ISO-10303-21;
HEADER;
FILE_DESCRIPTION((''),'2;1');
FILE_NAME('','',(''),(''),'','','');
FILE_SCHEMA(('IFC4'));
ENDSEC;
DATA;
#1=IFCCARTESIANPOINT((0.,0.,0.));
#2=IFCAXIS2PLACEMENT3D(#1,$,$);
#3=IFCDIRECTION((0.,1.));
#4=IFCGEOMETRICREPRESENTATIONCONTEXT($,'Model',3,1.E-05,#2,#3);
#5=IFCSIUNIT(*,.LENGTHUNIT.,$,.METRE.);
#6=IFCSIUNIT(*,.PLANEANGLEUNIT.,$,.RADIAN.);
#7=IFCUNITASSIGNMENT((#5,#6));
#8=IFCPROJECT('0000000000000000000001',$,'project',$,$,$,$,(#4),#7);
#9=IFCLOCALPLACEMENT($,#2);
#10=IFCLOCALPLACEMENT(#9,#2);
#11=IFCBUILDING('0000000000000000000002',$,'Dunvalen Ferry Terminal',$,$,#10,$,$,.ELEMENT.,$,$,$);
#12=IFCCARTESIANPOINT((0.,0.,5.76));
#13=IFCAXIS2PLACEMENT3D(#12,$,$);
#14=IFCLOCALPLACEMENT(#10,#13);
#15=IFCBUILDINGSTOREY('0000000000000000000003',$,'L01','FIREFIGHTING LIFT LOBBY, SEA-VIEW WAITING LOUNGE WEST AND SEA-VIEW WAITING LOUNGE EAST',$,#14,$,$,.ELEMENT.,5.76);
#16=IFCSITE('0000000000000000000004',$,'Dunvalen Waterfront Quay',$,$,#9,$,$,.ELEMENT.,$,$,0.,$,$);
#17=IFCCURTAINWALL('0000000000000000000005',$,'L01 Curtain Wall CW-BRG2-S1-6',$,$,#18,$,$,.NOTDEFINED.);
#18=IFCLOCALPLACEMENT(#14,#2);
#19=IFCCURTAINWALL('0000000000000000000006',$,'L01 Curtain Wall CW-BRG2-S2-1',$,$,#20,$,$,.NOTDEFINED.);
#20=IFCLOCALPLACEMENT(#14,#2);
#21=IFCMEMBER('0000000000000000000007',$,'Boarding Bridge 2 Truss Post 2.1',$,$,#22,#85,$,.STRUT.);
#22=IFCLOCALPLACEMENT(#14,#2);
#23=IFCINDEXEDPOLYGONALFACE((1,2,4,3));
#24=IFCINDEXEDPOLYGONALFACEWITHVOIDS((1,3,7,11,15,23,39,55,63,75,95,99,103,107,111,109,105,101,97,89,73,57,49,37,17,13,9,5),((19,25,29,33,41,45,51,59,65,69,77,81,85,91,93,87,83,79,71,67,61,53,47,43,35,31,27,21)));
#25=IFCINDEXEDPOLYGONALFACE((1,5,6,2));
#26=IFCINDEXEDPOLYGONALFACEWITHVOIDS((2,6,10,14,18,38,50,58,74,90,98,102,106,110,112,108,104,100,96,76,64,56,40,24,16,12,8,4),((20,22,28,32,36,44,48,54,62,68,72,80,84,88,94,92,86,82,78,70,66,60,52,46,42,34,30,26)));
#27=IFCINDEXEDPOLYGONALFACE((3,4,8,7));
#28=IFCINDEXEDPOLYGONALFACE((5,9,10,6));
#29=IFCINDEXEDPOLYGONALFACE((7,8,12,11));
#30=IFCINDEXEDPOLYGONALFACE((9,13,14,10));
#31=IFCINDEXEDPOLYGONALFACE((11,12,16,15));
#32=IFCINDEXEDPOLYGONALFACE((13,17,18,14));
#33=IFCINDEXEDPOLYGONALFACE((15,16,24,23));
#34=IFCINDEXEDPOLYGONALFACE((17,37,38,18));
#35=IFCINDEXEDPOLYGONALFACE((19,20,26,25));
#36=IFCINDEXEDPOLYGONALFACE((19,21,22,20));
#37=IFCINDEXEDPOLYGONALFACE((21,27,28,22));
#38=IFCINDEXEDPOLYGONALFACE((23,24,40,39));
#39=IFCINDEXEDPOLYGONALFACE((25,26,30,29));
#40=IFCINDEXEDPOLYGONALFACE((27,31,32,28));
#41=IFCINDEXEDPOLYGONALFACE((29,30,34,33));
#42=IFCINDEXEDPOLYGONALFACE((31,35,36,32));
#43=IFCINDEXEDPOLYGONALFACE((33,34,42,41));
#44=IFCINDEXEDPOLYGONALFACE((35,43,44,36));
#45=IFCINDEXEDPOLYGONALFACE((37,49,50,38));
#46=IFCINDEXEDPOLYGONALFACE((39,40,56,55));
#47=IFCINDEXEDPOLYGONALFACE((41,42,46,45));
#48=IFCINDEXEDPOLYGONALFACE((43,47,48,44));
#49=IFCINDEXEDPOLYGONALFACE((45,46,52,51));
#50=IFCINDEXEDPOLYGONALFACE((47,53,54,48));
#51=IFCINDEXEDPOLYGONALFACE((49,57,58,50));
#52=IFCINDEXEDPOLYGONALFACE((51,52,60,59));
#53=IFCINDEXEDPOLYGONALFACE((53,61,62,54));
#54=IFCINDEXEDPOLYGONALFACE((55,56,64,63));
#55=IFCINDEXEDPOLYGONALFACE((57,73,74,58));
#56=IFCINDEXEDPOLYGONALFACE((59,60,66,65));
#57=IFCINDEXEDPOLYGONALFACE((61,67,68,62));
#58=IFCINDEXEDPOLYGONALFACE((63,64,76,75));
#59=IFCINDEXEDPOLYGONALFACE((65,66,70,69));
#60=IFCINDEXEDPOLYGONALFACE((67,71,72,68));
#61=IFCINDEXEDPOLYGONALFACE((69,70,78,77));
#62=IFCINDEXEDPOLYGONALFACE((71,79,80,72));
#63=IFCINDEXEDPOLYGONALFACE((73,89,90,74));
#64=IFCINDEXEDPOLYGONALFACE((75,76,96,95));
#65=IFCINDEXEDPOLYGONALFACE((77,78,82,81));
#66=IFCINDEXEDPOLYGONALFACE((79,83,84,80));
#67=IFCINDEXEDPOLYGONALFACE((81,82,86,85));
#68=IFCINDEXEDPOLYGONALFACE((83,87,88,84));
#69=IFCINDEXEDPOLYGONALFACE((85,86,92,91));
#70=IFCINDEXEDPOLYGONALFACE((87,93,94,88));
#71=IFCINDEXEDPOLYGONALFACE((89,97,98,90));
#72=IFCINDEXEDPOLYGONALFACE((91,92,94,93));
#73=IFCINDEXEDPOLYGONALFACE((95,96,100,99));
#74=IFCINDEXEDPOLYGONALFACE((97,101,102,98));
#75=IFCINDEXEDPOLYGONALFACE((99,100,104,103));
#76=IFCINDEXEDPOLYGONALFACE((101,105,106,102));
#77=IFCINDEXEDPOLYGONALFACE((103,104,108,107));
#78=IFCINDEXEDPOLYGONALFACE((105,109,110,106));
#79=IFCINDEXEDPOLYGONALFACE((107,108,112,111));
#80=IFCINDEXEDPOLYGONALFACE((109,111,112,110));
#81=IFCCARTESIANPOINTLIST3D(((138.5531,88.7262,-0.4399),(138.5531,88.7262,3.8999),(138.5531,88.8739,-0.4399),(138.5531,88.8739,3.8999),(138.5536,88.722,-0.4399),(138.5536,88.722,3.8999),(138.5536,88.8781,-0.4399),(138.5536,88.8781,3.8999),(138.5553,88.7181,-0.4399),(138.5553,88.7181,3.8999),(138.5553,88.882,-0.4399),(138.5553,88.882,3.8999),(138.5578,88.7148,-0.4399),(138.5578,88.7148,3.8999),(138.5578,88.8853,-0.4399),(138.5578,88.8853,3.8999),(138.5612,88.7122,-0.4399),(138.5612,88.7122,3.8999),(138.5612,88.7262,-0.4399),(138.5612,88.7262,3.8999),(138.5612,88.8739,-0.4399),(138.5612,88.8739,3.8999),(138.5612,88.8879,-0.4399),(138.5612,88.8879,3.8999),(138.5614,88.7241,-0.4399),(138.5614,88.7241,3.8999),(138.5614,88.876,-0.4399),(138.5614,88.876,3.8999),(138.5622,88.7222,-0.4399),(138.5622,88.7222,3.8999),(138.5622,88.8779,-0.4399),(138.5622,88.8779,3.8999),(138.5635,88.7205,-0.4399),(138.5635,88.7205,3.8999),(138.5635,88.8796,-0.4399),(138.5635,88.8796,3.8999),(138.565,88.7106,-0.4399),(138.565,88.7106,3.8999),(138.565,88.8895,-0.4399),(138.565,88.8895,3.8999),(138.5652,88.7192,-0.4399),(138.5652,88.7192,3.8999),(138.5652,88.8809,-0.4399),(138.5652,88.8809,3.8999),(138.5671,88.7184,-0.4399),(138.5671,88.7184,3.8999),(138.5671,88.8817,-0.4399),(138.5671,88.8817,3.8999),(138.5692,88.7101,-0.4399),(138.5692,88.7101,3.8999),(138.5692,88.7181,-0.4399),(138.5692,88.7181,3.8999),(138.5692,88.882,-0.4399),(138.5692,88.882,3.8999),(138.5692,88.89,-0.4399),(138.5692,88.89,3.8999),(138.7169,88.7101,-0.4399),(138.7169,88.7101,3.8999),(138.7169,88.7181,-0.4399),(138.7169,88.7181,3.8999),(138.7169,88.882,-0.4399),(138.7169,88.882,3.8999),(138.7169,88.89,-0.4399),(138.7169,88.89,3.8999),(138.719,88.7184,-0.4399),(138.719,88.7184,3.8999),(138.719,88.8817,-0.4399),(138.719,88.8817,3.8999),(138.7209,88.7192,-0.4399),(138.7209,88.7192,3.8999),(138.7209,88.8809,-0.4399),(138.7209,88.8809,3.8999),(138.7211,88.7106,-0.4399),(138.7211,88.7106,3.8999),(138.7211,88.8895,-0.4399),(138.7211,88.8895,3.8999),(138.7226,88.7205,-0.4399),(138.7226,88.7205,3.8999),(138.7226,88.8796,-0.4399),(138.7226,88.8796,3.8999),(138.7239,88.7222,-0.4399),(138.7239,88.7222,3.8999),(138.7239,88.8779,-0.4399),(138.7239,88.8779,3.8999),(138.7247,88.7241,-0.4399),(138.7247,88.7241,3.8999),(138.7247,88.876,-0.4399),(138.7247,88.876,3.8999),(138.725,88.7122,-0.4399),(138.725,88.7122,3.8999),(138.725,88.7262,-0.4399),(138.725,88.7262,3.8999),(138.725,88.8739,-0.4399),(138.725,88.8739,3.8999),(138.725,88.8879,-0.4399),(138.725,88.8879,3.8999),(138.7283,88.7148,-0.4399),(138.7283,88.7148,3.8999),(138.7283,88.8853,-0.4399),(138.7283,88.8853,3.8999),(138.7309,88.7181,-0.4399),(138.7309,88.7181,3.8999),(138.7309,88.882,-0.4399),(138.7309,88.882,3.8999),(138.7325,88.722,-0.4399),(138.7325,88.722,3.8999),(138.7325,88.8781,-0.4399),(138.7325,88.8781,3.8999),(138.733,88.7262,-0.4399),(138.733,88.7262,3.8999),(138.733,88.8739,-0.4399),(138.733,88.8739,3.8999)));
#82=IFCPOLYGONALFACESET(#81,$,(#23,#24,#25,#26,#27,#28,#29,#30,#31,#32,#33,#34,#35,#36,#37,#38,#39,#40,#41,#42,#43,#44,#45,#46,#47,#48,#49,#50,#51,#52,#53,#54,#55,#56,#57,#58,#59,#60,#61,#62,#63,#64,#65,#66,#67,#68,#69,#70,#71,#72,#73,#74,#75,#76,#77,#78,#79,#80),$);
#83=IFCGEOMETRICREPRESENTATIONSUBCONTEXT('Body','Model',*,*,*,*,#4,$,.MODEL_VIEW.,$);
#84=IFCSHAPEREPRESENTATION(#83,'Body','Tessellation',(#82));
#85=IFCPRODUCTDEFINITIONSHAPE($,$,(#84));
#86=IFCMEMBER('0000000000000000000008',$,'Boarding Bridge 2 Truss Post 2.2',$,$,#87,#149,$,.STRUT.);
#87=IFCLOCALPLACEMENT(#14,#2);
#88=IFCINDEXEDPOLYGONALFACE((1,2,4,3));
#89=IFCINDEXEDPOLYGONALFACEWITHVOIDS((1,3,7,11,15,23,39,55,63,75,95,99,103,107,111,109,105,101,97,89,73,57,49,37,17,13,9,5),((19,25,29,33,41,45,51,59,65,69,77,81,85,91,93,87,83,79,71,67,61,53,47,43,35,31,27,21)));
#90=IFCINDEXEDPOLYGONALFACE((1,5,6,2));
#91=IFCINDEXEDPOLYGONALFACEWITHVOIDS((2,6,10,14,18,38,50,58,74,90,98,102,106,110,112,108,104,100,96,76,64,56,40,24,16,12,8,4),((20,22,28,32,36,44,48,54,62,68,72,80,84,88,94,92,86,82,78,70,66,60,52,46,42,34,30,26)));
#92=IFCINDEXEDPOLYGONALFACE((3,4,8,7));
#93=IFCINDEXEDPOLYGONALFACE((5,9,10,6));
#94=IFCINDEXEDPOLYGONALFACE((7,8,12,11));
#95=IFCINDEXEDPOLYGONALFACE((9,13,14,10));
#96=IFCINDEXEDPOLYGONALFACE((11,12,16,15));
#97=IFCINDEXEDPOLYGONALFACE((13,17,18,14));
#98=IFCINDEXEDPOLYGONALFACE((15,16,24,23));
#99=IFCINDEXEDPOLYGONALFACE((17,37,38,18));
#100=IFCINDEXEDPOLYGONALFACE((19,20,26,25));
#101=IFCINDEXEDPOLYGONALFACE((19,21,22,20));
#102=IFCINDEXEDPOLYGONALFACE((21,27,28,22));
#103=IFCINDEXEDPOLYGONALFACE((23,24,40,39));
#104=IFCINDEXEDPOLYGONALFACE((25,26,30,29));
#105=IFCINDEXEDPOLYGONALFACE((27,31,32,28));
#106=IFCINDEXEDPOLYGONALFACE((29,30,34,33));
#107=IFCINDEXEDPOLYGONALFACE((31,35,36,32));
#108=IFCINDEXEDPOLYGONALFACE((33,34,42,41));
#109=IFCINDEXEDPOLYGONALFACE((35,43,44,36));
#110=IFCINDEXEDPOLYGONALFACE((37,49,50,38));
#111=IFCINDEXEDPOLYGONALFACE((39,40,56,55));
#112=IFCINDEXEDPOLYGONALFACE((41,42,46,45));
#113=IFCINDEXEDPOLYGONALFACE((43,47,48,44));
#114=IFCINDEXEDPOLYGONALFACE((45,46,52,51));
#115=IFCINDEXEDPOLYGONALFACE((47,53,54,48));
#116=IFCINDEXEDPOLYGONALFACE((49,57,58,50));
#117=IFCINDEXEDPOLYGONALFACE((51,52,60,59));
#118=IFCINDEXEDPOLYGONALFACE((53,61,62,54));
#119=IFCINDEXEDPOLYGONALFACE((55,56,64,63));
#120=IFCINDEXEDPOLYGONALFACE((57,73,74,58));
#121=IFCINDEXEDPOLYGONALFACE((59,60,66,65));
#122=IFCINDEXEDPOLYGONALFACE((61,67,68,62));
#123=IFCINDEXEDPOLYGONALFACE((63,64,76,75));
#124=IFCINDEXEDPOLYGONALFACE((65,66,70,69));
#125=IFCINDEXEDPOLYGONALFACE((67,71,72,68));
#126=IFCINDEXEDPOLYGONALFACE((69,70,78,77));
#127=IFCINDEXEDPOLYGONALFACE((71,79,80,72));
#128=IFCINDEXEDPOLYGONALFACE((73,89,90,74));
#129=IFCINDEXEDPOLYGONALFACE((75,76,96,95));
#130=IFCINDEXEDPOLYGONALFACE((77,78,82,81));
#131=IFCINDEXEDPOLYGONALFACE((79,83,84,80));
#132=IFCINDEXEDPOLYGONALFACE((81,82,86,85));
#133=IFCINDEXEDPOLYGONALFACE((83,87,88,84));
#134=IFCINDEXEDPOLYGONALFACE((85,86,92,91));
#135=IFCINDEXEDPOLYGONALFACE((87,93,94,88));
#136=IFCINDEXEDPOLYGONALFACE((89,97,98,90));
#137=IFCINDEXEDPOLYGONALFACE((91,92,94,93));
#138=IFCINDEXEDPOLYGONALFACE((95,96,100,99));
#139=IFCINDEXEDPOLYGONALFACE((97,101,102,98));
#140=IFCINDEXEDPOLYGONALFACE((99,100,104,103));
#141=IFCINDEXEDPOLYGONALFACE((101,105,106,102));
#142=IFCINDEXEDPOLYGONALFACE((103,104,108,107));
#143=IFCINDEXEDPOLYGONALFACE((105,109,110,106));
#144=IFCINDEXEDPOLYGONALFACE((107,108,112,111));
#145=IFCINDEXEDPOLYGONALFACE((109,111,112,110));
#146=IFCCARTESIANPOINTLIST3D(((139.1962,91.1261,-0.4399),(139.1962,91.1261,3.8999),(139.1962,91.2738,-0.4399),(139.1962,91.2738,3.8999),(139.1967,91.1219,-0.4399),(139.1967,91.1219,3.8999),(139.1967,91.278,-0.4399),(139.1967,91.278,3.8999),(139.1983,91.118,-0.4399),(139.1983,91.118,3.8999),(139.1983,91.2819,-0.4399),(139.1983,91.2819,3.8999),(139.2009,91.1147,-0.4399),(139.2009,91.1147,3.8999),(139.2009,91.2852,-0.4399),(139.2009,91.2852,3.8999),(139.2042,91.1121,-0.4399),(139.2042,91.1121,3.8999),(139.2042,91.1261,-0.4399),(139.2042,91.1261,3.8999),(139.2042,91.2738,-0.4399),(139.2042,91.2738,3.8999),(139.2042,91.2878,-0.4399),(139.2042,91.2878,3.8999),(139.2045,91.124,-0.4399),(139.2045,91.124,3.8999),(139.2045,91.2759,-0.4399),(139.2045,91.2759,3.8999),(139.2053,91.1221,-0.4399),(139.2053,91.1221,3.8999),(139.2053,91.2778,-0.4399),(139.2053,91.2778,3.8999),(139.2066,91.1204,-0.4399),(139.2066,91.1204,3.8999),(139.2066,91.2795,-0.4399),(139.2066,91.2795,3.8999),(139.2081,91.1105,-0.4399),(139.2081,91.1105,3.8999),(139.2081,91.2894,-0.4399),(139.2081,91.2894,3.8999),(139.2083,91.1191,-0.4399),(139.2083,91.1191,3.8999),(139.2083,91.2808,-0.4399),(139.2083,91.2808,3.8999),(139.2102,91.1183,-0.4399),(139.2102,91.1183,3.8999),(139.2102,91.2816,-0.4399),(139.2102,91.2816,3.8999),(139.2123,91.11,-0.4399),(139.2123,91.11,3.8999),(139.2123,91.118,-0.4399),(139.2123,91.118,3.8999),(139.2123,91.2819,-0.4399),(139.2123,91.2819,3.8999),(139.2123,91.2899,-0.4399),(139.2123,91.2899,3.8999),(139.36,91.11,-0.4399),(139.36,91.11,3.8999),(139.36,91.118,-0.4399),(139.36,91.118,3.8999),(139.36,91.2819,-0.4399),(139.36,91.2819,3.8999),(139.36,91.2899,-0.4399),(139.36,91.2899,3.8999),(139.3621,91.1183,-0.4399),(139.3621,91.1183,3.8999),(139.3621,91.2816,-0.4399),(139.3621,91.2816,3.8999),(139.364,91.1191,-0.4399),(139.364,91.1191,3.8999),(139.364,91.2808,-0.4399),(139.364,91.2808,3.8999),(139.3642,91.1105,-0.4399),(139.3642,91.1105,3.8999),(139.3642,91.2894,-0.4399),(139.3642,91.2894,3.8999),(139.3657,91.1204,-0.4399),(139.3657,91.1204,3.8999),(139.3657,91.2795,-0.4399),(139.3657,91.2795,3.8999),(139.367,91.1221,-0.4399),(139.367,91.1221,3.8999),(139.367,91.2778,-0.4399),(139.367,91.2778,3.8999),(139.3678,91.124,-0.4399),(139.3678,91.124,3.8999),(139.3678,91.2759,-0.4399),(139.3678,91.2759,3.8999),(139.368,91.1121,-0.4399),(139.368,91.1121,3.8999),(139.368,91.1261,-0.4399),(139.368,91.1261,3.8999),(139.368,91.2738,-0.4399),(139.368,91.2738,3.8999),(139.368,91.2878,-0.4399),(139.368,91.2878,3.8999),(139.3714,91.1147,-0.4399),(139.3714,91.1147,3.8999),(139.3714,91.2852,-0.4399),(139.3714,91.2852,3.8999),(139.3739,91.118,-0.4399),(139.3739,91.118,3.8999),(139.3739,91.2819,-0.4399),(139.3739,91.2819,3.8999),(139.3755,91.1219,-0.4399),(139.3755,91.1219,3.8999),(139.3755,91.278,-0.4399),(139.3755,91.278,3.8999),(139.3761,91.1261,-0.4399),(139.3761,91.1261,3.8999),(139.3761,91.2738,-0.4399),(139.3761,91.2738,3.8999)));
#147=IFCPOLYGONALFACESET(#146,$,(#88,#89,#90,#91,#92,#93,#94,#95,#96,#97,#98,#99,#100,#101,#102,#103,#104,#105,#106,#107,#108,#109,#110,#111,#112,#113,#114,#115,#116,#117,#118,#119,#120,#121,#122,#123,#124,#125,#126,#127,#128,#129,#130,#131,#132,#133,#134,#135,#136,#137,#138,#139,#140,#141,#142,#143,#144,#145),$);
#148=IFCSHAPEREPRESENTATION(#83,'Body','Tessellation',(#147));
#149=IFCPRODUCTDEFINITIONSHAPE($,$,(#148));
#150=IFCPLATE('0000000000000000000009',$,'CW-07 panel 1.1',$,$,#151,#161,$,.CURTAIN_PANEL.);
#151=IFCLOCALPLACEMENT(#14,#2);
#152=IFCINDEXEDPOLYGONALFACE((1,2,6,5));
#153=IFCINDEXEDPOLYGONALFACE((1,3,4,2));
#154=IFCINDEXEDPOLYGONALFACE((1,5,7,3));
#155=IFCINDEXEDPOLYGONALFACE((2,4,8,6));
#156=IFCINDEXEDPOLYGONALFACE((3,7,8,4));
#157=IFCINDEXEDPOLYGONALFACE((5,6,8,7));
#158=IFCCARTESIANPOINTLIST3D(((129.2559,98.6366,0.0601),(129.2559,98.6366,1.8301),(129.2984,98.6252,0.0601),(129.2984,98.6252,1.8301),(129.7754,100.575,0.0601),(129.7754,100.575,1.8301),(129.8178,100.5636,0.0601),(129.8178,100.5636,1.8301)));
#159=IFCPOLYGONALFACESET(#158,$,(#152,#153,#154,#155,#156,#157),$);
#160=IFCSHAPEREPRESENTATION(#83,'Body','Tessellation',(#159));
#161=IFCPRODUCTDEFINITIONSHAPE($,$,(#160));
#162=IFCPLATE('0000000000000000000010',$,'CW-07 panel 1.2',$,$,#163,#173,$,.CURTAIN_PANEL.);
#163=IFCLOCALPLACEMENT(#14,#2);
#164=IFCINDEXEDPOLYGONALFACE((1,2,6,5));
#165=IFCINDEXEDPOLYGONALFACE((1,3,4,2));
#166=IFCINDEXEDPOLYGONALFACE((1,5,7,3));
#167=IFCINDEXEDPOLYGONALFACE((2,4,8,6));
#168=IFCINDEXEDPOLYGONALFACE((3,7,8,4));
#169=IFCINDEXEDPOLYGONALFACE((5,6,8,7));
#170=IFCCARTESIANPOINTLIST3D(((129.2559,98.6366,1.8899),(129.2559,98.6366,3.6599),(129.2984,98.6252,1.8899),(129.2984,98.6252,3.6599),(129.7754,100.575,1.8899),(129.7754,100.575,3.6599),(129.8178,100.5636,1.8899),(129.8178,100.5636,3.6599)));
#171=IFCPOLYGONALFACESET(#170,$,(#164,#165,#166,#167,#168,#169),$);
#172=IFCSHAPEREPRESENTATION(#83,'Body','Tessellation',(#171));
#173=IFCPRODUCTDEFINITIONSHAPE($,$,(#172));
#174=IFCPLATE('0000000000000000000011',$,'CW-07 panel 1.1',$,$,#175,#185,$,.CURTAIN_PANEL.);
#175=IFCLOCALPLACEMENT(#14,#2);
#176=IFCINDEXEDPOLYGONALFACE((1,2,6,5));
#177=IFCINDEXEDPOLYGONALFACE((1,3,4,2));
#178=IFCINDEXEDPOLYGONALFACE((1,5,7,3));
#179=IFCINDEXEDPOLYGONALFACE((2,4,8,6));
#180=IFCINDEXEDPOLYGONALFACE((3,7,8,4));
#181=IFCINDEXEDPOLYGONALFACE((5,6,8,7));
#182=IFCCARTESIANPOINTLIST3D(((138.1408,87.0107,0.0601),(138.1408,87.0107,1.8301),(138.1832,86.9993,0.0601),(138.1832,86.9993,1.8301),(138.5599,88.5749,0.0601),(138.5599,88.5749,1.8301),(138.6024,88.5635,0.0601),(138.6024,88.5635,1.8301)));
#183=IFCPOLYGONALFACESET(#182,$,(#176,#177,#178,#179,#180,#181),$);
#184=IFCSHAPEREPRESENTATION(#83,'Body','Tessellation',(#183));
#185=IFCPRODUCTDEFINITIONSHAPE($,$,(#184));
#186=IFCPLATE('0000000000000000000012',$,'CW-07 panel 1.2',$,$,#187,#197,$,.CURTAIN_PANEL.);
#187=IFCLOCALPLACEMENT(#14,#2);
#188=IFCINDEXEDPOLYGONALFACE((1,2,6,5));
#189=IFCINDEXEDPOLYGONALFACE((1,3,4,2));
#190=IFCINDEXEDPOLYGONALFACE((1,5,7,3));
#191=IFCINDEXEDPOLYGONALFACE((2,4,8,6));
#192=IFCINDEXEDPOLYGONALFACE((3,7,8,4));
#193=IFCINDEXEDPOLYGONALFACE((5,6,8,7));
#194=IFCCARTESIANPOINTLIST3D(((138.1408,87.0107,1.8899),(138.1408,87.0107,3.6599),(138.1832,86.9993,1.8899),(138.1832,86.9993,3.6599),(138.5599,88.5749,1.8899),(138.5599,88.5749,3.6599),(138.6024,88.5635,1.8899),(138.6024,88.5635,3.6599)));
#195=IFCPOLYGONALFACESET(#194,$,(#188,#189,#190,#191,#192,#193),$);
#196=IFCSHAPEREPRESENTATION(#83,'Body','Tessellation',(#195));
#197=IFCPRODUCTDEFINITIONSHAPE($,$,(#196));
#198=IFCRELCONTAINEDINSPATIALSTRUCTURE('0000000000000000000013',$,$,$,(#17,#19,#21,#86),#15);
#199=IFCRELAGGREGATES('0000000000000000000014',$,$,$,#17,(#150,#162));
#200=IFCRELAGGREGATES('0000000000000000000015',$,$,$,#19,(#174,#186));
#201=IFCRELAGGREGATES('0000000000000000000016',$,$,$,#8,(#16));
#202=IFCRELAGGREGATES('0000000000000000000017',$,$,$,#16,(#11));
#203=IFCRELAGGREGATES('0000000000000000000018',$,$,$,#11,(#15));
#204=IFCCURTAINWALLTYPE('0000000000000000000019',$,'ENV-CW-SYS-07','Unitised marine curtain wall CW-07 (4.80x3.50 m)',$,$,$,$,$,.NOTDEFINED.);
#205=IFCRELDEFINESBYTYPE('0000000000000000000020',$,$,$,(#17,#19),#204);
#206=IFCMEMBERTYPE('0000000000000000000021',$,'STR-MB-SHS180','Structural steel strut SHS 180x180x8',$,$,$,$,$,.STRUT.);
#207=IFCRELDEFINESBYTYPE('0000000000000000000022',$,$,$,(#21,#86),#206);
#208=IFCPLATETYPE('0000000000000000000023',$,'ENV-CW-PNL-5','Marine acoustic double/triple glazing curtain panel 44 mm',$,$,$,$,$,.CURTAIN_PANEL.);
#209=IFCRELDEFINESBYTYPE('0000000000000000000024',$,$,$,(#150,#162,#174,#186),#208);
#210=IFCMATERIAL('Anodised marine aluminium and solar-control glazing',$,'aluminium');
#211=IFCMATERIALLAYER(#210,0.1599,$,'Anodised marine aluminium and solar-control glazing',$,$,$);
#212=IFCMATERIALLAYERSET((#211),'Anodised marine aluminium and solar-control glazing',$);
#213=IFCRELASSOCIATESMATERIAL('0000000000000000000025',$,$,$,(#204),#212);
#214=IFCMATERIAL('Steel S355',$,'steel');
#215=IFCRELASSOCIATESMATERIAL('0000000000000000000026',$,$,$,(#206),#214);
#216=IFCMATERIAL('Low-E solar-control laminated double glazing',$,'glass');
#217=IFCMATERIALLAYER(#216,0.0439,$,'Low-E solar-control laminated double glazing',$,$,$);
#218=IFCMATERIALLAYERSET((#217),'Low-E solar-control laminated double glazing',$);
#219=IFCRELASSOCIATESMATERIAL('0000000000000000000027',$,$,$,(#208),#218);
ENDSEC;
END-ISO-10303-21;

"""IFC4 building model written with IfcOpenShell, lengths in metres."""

from ifc_helpers import new_model, si_unit, direction, frame, origin, origin_2d, place, context, subcontext, project, spatial, rectangle, hollow_rectangle, extrude, material, layer, layer_set, material_profile, profile_set, type_object, element, aggregate, save


model = new_model("IFC4")

# Units and contexts
model_context = context("Model", 3, precision=1e-05, world=origin(), true_north=direction((0.0, 1.0)))
body_context = subcontext(model_context, "Body", "Model", "MODEL_VIEW")
ifc_project = project(units=[si_unit("LENGTHUNIT", "METRE"), si_unit("PLANEANGLEUNIT", "RADIAN")], contexts=[model_context])

# Site, building, storey
site_placement = place(None, origin())
site = spatial("IfcSite", under=ifc_project, at=site_placement, Name="Dunvalen Waterfront Quay", CompositionType="ELEMENT", RefElevation=0.0)
building_placement = place(site_placement, origin())
building = spatial("IfcBuilding", under=site, at=building_placement, Name="Dunvalen Ferry Terminal", CompositionType="ELEMENT")
storey_placement = place(building_placement, frame((0.0, 0.0, 5.76)))
storey = spatial("IfcBuildingStorey", under=building, at=storey_placement, Name="L01", Description="FIREFIGHTING LIFT LOBBY, SEA-VIEW WAITING LOUNGE WEST AND SEA-VIEW WAITING LOUNGE EAST", CompositionType="ELEMENT", Elevation=5.76)

# Curtain walls
ifc_material_1 = material(Name="Anodised marine aluminium and solar-control glazing", Category="aluminium")
ifc_layer_1 = layer(ifc_material_1, 0.1599, Name="Anodised marine aluminium and solar-control glazing")
ifc_layer_set_1 = layer_set([ifc_layer_1], Name="Anodised marine aluminium and solar-control glazing")
curtain_wall_type = type_object("IfcCurtainWallType", Name="ENV-CW-SYS-07", Description="Unitised marine curtain wall CW-07 (4.80x3.50 m)", PredefinedType="NOTDEFINED", material=ifc_layer_set_1)
curtain_wall_1_placement = place(storey_placement, origin())
curtain_wall_1 = element("IfcCurtainWall", 1, at=curtain_wall_1_placement, inside=storey, type_object=curtain_wall_type, Name="L01 Curtain Wall CW-BRG2-S1-6", PredefinedType="NOTDEFINED")
curtain_wall_2_placement = place(storey_placement, origin())
curtain_wall_2 = element("IfcCurtainWall", 2, at=curtain_wall_2_placement, inside=storey, type_object=curtain_wall_type, Name="L01 Curtain Wall CW-BRG2-S2-1", PredefinedType="NOTDEFINED")

# Members
ifc_material_2 = material(Name="Steel S355", Category="steel")
ifc_material_profile_1 = material_profile(ifc_material_2, hollow_rectangle(XDim=0.1799, YDim=0.1799, WallThickness=0.0081, InnerFilletRadius=0.0081, OuterFilletRadius=0.0161, at=origin_2d()), Name="Steel S355")
ifc_profile_set_1 = profile_set([ifc_material_profile_1], Name="Steel S355")
member_type_1 = type_object("IfcMemberType", Name="STR-MB-SHS180", Description="Structural steel strut SHS 180x180x8", PredefinedType="STRUT", material=ifc_profile_set_1)
for number, where, z_axis, x_axis, name in (
    (3, (138.6431, 88.8, -0.4399), (0.0, 0.0, 1.0), (1.0, 0.0, 0.0), "Boarding Bridge 2 Truss Post 2.1"),
    (4, (139.2861, 91.2, -0.4399), (0.0, 0.0, 1.0), (1.0, 0.0, 0.0), "Boarding Bridge 2 Truss Post 2.2"),
):
    element("IfcMember", number, at=place(storey_placement, frame(where, z_axis=z_axis, x_axis=x_axis)), inside=storey, type_object=member_type_1, Name=name, PredefinedType="STRUT", context=body_context, shape_type="SweptSolid", body=[
        extrude(hollow_rectangle(XDim=0.1799, YDim=0.1799, WallThickness=0.0081, InnerFilletRadius=0.0081, OuterFilletRadius=0.0161, at=origin_2d()), origin(), (0.0, 0.0, 1.0), 4.3398),
    ])

# Plates
ifc_material_3 = material(Name="Low-E solar-control laminated double glazing", Category="glass")
ifc_layer_2 = layer(ifc_material_3, 0.0439, Name="Low-E solar-control laminated double glazing")
ifc_layer_set_2 = layer_set([ifc_layer_2], Name="Low-E solar-control laminated double glazing")
plate_type_1 = type_object("IfcPlateType", Name="ENV-CW-PNL-5", Description="Marine acoustic double/triple glazing curtain panel 44 mm", PredefinedType="CURTAIN_PANEL", material=ifc_layer_set_2)
plate_1_placement = place(storey_placement, frame((129.5369, 99.6001, 0.0601), z_axis=(0.0, 0.0, 1.0), x_axis=(0.25883, 0.965923, 0.0)))
plate_1 = element("IfcPlate", 5, at=plate_1_placement, type_object=plate_type_1, Name="CW-07 panel 1.1", PredefinedType="CURTAIN_PANEL", context=body_context, shape_type="SweptSolid", body=[
    extrude(rectangle(XDim=2.0068, YDim=0.0439, at=origin_2d()), origin(), (0.0, 0.0, 1.0), 1.77),
])
plate_2_placement = place(storey_placement, frame((129.5369, 99.6001, 1.8899), z_axis=(0.0, 0.0, 1.0), x_axis=(0.25883, 0.965923, 0.0)))
plate_2 = element("IfcPlate", 6, at=plate_2_placement, type_object=plate_type_1, Name="CW-07 panel 1.2", PredefinedType="CURTAIN_PANEL", context=body_context, shape_type="SweptSolid", body=[
    extrude(rectangle(XDim=2.0068, YDim=0.0439, at=origin_2d()), origin(), (0.0, 0.0, 1.0), 1.77),
])
aggregate(curtain_wall_1, [plate_1, plate_2])
plate_3_placement = place(storey_placement, frame((138.3716, 87.7871, 0.0601), z_axis=(0.0, 0.0, 1.0), x_axis=(0.258843, 0.965919, 0.0)))
plate_3 = element("IfcPlate", 7, at=plate_3_placement, type_object=plate_type_1, Name="CW-07 panel 1.1", PredefinedType="CURTAIN_PANEL", context=body_context, shape_type="SweptSolid", body=[
    extrude(rectangle(XDim=1.6194, YDim=0.0439, at=origin_2d()), origin(), (0.0, 0.0, 1.0), 1.77),
])
plate_4_placement = place(storey_placement, frame((138.3716, 87.7871, 1.8899), z_axis=(0.0, 0.0, 1.0), x_axis=(0.258843, 0.965919, 0.0)))
plate_4 = element("IfcPlate", 8, at=plate_4_placement, type_object=plate_type_1, Name="CW-07 panel 1.2", PredefinedType="CURTAIN_PANEL", context=body_context, shape_type="SweptSolid", body=[
    extrude(rectangle(XDim=1.6194, YDim=0.0439, at=origin_2d()), origin(), (0.0, 0.0, 1.0), 1.77),
])
aggregate(curtain_wall_2, [plate_3, plate_4])

save(model, "model.ifc")
